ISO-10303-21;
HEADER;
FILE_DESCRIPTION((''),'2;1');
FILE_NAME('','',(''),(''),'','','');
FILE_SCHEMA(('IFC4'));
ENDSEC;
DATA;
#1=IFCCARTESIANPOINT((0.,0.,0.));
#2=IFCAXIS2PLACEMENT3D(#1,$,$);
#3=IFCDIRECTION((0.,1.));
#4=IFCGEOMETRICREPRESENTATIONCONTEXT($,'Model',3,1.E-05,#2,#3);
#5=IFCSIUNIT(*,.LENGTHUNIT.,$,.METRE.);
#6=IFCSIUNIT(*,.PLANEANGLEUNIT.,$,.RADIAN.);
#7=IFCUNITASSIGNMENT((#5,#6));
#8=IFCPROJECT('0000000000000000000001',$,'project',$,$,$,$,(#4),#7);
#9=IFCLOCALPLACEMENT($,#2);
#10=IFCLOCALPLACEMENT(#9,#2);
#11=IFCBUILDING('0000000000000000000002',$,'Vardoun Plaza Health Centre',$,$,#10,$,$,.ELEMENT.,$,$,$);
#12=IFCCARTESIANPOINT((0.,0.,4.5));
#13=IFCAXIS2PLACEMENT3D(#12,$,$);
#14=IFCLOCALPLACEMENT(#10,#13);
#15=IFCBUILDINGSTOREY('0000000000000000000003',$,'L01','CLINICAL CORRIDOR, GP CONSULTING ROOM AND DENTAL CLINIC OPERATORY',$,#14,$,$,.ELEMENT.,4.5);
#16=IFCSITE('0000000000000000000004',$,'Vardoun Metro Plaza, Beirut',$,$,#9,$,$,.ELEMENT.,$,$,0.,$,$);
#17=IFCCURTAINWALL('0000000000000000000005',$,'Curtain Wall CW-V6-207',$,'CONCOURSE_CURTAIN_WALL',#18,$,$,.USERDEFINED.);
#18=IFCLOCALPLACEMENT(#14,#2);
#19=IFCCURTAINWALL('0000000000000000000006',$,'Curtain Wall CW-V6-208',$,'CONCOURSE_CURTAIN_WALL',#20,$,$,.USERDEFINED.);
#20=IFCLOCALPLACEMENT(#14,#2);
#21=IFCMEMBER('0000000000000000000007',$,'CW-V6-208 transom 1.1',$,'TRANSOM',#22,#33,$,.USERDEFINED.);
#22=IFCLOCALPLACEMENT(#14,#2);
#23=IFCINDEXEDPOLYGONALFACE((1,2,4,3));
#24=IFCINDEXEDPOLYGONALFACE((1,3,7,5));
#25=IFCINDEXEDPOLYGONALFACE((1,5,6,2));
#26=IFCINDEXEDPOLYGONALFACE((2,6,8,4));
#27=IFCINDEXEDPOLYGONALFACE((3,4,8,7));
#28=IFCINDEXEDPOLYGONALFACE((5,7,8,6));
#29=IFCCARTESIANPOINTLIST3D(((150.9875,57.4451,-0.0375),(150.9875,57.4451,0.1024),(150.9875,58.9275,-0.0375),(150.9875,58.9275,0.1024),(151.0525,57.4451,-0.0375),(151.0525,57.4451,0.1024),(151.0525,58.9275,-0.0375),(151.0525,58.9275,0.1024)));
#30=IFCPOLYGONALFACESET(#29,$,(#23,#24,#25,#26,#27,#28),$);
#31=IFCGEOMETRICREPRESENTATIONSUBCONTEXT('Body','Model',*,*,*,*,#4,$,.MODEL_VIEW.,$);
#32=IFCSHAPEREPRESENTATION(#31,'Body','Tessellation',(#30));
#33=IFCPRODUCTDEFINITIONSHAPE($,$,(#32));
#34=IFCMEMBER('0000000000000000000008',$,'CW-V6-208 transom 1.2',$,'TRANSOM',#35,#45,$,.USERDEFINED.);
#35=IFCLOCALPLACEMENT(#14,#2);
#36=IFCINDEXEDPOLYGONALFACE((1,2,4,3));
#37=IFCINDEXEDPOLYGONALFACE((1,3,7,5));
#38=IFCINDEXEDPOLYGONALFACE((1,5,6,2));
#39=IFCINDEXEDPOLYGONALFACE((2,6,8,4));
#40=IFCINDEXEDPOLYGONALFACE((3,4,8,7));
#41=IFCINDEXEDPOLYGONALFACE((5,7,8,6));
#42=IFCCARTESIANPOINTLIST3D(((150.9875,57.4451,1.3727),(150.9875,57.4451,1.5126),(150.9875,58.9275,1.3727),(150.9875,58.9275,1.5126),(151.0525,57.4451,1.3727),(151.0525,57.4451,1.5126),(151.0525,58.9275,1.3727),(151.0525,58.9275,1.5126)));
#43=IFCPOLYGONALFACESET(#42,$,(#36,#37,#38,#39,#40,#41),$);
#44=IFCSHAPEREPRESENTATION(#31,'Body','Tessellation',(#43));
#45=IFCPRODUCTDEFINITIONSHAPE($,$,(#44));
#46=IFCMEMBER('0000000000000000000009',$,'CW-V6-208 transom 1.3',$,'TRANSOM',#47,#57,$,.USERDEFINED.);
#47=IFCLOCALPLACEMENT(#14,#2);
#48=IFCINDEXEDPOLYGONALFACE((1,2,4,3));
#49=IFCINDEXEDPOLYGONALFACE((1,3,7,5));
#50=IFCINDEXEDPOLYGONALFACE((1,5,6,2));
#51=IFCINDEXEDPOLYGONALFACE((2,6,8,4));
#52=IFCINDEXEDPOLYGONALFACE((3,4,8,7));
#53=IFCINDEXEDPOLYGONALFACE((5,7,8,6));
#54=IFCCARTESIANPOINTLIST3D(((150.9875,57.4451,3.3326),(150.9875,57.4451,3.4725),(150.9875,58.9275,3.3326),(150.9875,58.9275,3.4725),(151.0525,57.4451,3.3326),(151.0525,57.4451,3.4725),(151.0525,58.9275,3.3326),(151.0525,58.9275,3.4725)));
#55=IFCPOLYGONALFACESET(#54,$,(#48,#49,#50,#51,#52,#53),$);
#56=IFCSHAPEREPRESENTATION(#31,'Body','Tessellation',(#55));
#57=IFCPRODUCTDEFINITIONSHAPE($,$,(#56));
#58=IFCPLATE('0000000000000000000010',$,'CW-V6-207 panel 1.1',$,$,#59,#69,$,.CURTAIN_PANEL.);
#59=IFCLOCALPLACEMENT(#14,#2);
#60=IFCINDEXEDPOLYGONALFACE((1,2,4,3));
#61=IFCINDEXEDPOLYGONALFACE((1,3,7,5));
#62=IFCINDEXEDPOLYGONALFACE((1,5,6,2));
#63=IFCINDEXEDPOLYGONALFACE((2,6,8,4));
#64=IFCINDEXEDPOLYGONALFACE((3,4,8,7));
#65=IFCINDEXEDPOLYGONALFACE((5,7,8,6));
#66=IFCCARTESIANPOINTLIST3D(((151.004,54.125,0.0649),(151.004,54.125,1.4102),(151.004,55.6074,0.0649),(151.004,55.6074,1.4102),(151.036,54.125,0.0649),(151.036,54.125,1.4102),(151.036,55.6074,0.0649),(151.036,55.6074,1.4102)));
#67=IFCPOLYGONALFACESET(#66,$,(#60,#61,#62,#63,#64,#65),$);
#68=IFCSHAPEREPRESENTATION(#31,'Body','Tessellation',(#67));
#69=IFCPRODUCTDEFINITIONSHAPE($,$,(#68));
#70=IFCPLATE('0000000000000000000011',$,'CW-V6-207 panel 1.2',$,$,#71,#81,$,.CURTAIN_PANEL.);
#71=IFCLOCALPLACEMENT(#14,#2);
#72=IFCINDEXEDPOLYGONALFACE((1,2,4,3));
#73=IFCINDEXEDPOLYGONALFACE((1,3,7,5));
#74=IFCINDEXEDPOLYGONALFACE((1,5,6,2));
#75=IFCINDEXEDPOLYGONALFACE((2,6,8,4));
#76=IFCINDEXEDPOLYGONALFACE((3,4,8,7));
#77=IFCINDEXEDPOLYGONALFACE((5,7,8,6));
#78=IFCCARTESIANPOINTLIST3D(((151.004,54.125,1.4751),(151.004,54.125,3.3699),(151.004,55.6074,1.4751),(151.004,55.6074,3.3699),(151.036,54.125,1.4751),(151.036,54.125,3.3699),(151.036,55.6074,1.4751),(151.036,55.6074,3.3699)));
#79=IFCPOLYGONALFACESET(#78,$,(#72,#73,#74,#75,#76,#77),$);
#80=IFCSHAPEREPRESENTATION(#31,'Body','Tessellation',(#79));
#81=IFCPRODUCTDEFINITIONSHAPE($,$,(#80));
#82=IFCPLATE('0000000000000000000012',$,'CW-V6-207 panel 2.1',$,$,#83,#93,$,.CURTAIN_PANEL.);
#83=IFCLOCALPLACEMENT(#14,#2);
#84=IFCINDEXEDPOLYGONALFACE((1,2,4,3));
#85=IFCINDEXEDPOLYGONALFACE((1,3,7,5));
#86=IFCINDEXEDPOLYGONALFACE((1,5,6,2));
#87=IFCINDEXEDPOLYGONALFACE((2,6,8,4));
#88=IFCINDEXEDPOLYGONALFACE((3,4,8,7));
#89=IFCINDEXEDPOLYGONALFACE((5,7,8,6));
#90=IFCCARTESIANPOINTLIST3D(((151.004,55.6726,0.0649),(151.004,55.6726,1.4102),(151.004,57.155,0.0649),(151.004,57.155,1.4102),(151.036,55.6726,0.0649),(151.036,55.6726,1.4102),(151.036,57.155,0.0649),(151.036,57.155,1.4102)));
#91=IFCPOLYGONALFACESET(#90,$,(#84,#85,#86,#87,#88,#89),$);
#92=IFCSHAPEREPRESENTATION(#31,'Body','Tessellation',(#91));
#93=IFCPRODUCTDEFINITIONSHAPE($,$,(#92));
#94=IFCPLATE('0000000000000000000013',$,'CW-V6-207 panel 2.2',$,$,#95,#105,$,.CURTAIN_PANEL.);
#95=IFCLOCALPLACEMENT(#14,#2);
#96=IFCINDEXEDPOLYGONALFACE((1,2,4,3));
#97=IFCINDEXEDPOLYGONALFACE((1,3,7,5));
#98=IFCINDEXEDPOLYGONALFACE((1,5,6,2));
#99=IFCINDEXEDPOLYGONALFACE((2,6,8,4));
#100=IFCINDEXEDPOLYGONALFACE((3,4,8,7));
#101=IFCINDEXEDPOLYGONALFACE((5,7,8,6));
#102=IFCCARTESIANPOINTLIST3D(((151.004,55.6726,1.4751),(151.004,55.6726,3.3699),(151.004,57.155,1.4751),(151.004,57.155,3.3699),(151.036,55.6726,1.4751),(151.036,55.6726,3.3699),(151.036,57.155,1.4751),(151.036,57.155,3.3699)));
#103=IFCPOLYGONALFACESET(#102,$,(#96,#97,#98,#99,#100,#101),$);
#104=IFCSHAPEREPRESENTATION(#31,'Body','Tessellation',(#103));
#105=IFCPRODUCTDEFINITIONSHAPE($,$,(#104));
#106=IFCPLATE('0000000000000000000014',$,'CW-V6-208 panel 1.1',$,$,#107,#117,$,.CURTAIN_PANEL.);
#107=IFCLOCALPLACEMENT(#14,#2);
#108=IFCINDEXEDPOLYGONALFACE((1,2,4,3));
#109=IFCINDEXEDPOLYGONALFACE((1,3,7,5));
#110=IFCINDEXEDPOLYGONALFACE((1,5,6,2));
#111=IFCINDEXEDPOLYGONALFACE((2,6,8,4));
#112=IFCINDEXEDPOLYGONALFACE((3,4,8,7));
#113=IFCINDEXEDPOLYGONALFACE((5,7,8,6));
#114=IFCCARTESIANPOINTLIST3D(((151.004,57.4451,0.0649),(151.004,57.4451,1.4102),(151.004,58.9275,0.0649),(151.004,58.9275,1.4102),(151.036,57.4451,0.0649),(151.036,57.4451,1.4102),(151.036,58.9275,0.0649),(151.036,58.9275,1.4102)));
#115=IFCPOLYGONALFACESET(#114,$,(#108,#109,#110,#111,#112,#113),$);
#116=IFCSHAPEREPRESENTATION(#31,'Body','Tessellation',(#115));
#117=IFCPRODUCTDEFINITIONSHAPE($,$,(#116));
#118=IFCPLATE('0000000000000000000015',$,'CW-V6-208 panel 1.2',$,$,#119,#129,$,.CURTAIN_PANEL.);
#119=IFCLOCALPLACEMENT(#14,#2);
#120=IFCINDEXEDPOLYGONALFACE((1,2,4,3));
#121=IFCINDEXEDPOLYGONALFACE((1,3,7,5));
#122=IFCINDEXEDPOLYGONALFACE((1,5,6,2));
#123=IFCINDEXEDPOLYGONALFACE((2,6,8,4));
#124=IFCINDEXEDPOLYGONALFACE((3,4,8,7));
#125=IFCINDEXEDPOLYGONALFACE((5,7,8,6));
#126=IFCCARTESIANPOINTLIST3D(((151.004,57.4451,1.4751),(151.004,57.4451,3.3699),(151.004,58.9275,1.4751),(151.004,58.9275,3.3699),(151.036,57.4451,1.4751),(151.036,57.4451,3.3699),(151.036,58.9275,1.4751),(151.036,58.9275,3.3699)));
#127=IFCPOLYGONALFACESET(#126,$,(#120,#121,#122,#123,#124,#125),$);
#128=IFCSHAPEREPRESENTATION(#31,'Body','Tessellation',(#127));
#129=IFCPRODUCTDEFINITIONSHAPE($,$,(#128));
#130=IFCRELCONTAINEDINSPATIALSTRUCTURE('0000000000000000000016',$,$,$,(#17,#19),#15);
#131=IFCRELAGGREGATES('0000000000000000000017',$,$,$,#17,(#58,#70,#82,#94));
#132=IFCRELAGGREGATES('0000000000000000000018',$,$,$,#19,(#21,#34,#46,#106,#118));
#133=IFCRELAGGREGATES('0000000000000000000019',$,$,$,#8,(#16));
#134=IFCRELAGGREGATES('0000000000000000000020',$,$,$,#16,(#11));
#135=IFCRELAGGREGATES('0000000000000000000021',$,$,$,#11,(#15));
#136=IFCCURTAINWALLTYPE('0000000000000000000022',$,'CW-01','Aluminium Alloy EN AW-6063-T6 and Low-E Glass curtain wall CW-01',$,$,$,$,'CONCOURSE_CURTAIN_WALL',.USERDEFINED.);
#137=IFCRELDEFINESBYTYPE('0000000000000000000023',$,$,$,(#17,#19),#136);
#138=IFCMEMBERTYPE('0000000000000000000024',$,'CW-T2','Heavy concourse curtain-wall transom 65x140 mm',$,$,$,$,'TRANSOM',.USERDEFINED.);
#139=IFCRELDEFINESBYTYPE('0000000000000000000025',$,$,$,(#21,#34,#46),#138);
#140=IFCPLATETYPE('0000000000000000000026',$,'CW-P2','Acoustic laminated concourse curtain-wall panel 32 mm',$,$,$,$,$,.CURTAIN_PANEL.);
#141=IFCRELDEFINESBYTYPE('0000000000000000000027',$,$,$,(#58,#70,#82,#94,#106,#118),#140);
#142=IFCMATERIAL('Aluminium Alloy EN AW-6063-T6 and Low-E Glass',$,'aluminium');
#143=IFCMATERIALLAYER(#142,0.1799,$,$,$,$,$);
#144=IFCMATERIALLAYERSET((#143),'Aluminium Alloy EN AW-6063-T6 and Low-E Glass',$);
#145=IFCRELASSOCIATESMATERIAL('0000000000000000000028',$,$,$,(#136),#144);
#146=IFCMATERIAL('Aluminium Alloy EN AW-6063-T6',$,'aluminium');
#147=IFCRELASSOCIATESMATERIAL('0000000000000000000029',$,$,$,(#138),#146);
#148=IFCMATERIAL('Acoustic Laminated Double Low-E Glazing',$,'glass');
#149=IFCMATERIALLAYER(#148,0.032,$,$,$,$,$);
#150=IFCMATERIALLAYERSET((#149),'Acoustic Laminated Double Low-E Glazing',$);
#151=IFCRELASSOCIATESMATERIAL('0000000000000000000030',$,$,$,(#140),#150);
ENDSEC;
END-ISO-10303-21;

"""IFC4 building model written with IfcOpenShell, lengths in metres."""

from ifc_helpers import new_model, si_unit, direction, frame, origin, origin_2d, place, context, subcontext, project, spatial, rectangle, extrude, material, layer, layer_set, material_profile, profile_set, type_object, element, aggregate, save


model = new_model("IFC4")

# Units and contexts
model_context = context("Model", 3, precision=1e-05, world=origin(), true_north=direction((0.0, 1.0)))
body_context = subcontext(model_context, "Body", "Model", "MODEL_VIEW")
ifc_project = project(units=[si_unit("LENGTHUNIT", "METRE"), si_unit("PLANEANGLEUNIT", "RADIAN")], contexts=[model_context])

# Site, building, storey
site_placement = place(None, origin())
site = spatial("IfcSite", under=ifc_project, at=site_placement, Name="Vardoun Metro Plaza, Beirut", CompositionType="ELEMENT", RefElevation=0.0)
building_placement = place(site_placement, origin())
building = spatial("IfcBuilding", under=site, at=building_placement, Name="Vardoun Plaza Health Centre", CompositionType="ELEMENT")
storey_placement = place(building_placement, frame((0.0, 0.0, 4.5)))
storey = spatial("IfcBuildingStorey", under=building, at=storey_placement, Name="L01", Description="CLINICAL CORRIDOR, GP CONSULTING ROOM AND DENTAL CLINIC OPERATORY", CompositionType="ELEMENT", Elevation=4.5)

# Curtain walls
ifc_material_1 = material(Name="Aluminium Alloy EN AW-6063-T6 and Low-E Glass", Category="aluminium")
ifc_layer_1 = layer(ifc_material_1, 0.1799)
ifc_layer_set_1 = layer_set([ifc_layer_1], Name="Aluminium Alloy EN AW-6063-T6 and Low-E Glass")
curtain_wall_type = type_object("IfcCurtainWallType", Name="CW-01", Description="Aluminium Alloy EN AW-6063-T6 and Low-E Glass curtain wall CW-01", ElementType="CONCOURSE_CURTAIN_WALL", PredefinedType="USERDEFINED", material=ifc_layer_set_1)
curtain_wall_1_placement = place(storey_placement, origin())
curtain_wall_1 = element("IfcCurtainWall", 1, at=curtain_wall_1_placement, inside=storey, type_object=curtain_wall_type, Name="Curtain Wall CW-V6-207", ObjectType="CONCOURSE_CURTAIN_WALL", PredefinedType="USERDEFINED")
curtain_wall_2_placement = place(storey_placement, origin())
curtain_wall_2 = element("IfcCurtainWall", 2, at=curtain_wall_2_placement, inside=storey, type_object=curtain_wall_type, Name="Curtain Wall CW-V6-208", ObjectType="CONCOURSE_CURTAIN_WALL", PredefinedType="USERDEFINED")

# Members
ifc_material_2 = material(Name="Aluminium Alloy EN AW-6063-T6", Category="aluminium")
ifc_material_profile_1 = material_profile(ifc_material_2, rectangle(XDim=0.0649, YDim=0.1399, at=origin_2d()), Name="CWT 65x140")
ifc_profile_set_1 = profile_set([ifc_material_profile_1], Name="Aluminium Alloy EN AW-6063-T6")
member_type_1 = type_object("IfcMemberType", Name="CW-T2", Description="Heavy concourse curtain-wall transom 65x140 mm", ElementType="TRANSOM", PredefinedType="USERDEFINED", material=ifc_profile_set_1)
member_1_placement = place(storey_placement, frame((151.02, 57.4451, 0.0325), z_axis=(0.0, 1.0, 0.0), x_axis=(-1.0, 0.0, 0.0)))
member_1 = element("IfcMember", 3, at=member_1_placement, type_object=member_type_1, Name="CW-V6-208 transom 1.1", ObjectType="TRANSOM", PredefinedType="USERDEFINED", context=body_context, shape_type="SweptSolid", body=[
    extrude(rectangle(XDim=0.0649, YDim=0.1399, at=origin_2d()), origin(), (0.0, 0.0, 1.0), 1.4824),
])
member_2_placement = place(storey_placement, frame((151.02, 57.4451, 1.4426), z_axis=(0.0, 1.0, 0.0), x_axis=(-1.0, 0.0, 0.0)))
member_2 = element("IfcMember", 4, at=member_2_placement, type_object=member_type_1, Name="CW-V6-208 transom 1.2", ObjectType="TRANSOM", PredefinedType="USERDEFINED", context=body_context, shape_type="SweptSolid", body=[
    extrude(rectangle(XDim=0.0649, YDim=0.1399, at=origin_2d()), origin(), (0.0, 0.0, 1.0), 1.4824),
])
member_3_placement = place(storey_placement, frame((151.02, 57.4451, 3.4026), z_axis=(0.0, 1.0, 0.0), x_axis=(-1.0, 0.0, 0.0)))
member_3 = element("IfcMember", 5, at=member_3_placement, type_object=member_type_1, Name="CW-V6-208 transom 1.3", ObjectType="TRANSOM", PredefinedType="USERDEFINED", context=body_context, shape_type="SweptSolid", body=[
    extrude(rectangle(XDim=0.0649, YDim=0.1399, at=origin_2d()), origin(), (0.0, 0.0, 1.0), 1.4824),
])

# Plates
ifc_material_3 = material(Name="Acoustic Laminated Double Low-E Glazing", Category="glass")
ifc_layer_2 = layer(ifc_material_3, 0.032)
ifc_layer_set_2 = layer_set([ifc_layer_2], Name="Acoustic Laminated Double Low-E Glazing")
plate_type = type_object("IfcPlateType", Name="CW-P2", Description="Acoustic laminated concourse curtain-wall panel 32 mm", PredefinedType="CURTAIN_PANEL", material=ifc_layer_set_2)
plate_1_placement = place(storey_placement, frame((151.02, 54.8662, 0.0649), z_axis=(0.0, 0.0, 1.0), x_axis=(0.0, 1.0, 0.0)))
plate_1 = element("IfcPlate", 6, at=plate_1_placement, type_object=plate_type, Name="CW-V6-207 panel 1.1", PredefinedType="CURTAIN_PANEL", context=body_context, shape_type="SweptSolid", body=[
    extrude(rectangle(XDim=1.4824, YDim=0.032, at=origin_2d()), origin(), (0.0, 0.0, 1.0), 1.3452),
])
plate_2_placement = place(storey_placement, frame((151.02, 54.8662, 1.4751), z_axis=(0.0, 0.0, 1.0), x_axis=(0.0, 1.0, 0.0)))
plate_2 = element("IfcPlate", 7, at=plate_2_placement, type_object=plate_type, Name="CW-V6-207 panel 1.2", PredefinedType="CURTAIN_PANEL", context=body_context, shape_type="SweptSolid", body=[
    extrude(rectangle(XDim=1.4824, YDim=0.032, at=origin_2d()), origin(), (0.0, 0.0, 1.0), 1.8948),
])
plate_3_placement = place(storey_placement, frame((151.02, 56.4138, 0.0649), z_axis=(0.0, 0.0, 1.0), x_axis=(0.0, 1.0, 0.0)))
plate_3 = element("IfcPlate", 8, at=plate_3_placement, type_object=plate_type, Name="CW-V6-207 panel 2.1", PredefinedType="CURTAIN_PANEL", context=body_context, shape_type="SweptSolid", body=[
    extrude(rectangle(XDim=1.4824, YDim=0.032, at=origin_2d()), origin(), (0.0, 0.0, 1.0), 1.3452),
])
plate_4_placement = place(storey_placement, frame((151.02, 56.4138, 1.4751), z_axis=(0.0, 0.0, 1.0), x_axis=(0.0, 1.0, 0.0)))
plate_4 = element("IfcPlate", 9, at=plate_4_placement, type_object=plate_type, Name="CW-V6-207 panel 2.2", PredefinedType="CURTAIN_PANEL", context=body_context, shape_type="SweptSolid", body=[
    extrude(rectangle(XDim=1.4824, YDim=0.032, at=origin_2d()), origin(), (0.0, 0.0, 1.0), 1.8948),
])
aggregate(curtain_wall_1, [plate_1, plate_2, plate_3, plate_4])
plate_5_placement = place(storey_placement, frame((151.02, 58.1863, 0.0649), z_axis=(0.0, 0.0, 1.0), x_axis=(0.0, 1.0, 0.0)))
plate_5 = element("IfcPlate", 10, at=plate_5_placement, type_object=plate_type, Name="CW-V6-208 panel 1.1", PredefinedType="CURTAIN_PANEL", context=body_context, shape_type="SweptSolid", body=[
    extrude(rectangle(XDim=1.4824, YDim=0.032, at=origin_2d()), origin(), (0.0, 0.0, 1.0), 1.3452),
])
plate_6_placement = place(storey_placement, frame((151.02, 58.1863, 1.4751), z_axis=(0.0, 0.0, 1.0), x_axis=(0.0, 1.0, 0.0)))
plate_6 = element("IfcPlate", 11, at=plate_6_placement, type_object=plate_type, Name="CW-V6-208 panel 1.2", PredefinedType="CURTAIN_PANEL", context=body_context, shape_type="SweptSolid", body=[
    extrude(rectangle(XDim=1.4824, YDim=0.032, at=origin_2d()), origin(), (0.0, 0.0, 1.0), 1.8948),
])
aggregate(curtain_wall_2, [member_1, member_2, member_3, plate_5, plate_6])

save(model, "model.ifc")
